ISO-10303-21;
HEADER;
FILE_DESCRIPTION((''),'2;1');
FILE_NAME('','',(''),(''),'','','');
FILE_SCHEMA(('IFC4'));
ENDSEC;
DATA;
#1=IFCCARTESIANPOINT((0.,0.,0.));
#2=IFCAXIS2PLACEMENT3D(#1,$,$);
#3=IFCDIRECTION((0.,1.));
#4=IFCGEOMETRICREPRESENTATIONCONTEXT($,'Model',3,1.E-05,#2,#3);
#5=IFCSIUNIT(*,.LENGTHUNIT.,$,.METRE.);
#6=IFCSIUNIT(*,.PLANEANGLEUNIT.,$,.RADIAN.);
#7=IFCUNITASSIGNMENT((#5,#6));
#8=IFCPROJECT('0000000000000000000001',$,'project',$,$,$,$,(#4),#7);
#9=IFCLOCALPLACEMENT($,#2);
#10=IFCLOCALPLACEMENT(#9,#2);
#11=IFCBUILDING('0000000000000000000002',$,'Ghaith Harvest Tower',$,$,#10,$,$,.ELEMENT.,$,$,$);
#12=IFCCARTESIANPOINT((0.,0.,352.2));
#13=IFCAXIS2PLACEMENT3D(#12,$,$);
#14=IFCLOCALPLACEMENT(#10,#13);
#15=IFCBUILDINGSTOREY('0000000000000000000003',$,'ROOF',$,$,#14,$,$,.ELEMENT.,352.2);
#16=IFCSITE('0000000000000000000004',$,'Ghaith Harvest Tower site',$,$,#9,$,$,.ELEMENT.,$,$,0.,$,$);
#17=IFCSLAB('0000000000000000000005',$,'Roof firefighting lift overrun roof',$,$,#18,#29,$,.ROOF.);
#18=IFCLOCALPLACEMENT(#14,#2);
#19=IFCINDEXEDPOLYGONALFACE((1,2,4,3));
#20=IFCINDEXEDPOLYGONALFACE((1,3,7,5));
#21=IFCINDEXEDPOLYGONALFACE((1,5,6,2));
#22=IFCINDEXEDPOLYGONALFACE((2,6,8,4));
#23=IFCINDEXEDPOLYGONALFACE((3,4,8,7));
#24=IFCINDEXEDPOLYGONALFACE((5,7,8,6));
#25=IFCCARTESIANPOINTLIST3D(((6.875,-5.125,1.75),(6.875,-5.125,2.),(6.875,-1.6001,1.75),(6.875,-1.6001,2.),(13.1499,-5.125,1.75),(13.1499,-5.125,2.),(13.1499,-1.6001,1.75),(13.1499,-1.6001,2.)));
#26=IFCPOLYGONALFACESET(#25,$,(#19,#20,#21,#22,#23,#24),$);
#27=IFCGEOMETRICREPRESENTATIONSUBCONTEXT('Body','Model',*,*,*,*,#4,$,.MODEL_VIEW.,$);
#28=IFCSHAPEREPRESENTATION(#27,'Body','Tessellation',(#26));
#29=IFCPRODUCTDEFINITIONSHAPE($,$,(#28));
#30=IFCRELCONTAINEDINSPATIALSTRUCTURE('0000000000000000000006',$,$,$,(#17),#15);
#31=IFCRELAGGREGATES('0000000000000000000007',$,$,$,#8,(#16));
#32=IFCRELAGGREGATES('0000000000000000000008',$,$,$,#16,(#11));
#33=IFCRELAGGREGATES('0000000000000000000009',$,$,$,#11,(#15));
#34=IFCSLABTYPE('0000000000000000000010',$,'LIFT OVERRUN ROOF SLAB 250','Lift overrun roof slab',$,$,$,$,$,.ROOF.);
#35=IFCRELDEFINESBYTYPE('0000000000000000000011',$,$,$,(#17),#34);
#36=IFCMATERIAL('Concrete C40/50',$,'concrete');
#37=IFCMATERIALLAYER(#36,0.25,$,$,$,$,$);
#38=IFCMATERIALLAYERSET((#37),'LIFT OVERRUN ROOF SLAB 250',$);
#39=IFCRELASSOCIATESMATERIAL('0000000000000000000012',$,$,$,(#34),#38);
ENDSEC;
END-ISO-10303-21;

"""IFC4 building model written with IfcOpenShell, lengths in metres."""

from ifc_helpers import new_model, si_unit, direction, frame, origin, place, context, subcontext, project, spatial, polyline, outline, extrude, material, layer, layer_set, type_object, element, save


model = new_model("IFC4")

# Units and contexts
model_context = context("Model", 3, precision=1e-05, world=origin(), true_north=direction((0.0, 1.0)))
body_context = subcontext(model_context, "Body", "Model", "MODEL_VIEW")
ifc_project = project(units=[si_unit("LENGTHUNIT", "METRE"), si_unit("PLANEANGLEUNIT", "RADIAN")], contexts=[model_context])

# Site, building, storey
site_placement = place(None, origin())
site = spatial("IfcSite", under=ifc_project, at=site_placement, Name="Ghaith Harvest Tower site", CompositionType="ELEMENT", RefElevation=0.0)
building_placement = place(site_placement, origin())
building = spatial("IfcBuilding", under=site, at=building_placement, Name="Ghaith Harvest Tower", CompositionType="ELEMENT")
storey_placement = place(building_placement, frame((0.0, 0.0, 352.2)))
storey = spatial("IfcBuildingStorey", under=building, at=storey_placement, Name="ROOF", CompositionType="ELEMENT", Elevation=352.2)

# Slab
ifc_material = material(Name="Concrete C40/50", Category="concrete")
ifc_layer = layer(ifc_material, 0.25)
ifc_layer_set = layer_set([ifc_layer], Name="LIFT OVERRUN ROOF SLAB 250")
slab_type = type_object("IfcSlabType", Name="LIFT OVERRUN ROOF SLAB 250", Description="Lift overrun roof slab", PredefinedType="ROOF", material=ifc_layer_set)
slab_placement = place(storey_placement, frame((0.0, 0.0, 1.75)))
element("IfcSlab", 1, at=slab_placement, inside=storey, type_object=slab_type, Name="Roof firefighting lift overrun roof", PredefinedType="ROOF", context=body_context, shape_type="SweptSolid", body=[
    extrude(outline(polyline([(6.875, -5.125), (13.1499, -5.125), (13.1499, -1.6001), (6.875, -1.6001), (6.875, -5.125)])), origin(), (0.0, 0.0, 1.0), 0.25),
])

save(model, "model.ifc")
